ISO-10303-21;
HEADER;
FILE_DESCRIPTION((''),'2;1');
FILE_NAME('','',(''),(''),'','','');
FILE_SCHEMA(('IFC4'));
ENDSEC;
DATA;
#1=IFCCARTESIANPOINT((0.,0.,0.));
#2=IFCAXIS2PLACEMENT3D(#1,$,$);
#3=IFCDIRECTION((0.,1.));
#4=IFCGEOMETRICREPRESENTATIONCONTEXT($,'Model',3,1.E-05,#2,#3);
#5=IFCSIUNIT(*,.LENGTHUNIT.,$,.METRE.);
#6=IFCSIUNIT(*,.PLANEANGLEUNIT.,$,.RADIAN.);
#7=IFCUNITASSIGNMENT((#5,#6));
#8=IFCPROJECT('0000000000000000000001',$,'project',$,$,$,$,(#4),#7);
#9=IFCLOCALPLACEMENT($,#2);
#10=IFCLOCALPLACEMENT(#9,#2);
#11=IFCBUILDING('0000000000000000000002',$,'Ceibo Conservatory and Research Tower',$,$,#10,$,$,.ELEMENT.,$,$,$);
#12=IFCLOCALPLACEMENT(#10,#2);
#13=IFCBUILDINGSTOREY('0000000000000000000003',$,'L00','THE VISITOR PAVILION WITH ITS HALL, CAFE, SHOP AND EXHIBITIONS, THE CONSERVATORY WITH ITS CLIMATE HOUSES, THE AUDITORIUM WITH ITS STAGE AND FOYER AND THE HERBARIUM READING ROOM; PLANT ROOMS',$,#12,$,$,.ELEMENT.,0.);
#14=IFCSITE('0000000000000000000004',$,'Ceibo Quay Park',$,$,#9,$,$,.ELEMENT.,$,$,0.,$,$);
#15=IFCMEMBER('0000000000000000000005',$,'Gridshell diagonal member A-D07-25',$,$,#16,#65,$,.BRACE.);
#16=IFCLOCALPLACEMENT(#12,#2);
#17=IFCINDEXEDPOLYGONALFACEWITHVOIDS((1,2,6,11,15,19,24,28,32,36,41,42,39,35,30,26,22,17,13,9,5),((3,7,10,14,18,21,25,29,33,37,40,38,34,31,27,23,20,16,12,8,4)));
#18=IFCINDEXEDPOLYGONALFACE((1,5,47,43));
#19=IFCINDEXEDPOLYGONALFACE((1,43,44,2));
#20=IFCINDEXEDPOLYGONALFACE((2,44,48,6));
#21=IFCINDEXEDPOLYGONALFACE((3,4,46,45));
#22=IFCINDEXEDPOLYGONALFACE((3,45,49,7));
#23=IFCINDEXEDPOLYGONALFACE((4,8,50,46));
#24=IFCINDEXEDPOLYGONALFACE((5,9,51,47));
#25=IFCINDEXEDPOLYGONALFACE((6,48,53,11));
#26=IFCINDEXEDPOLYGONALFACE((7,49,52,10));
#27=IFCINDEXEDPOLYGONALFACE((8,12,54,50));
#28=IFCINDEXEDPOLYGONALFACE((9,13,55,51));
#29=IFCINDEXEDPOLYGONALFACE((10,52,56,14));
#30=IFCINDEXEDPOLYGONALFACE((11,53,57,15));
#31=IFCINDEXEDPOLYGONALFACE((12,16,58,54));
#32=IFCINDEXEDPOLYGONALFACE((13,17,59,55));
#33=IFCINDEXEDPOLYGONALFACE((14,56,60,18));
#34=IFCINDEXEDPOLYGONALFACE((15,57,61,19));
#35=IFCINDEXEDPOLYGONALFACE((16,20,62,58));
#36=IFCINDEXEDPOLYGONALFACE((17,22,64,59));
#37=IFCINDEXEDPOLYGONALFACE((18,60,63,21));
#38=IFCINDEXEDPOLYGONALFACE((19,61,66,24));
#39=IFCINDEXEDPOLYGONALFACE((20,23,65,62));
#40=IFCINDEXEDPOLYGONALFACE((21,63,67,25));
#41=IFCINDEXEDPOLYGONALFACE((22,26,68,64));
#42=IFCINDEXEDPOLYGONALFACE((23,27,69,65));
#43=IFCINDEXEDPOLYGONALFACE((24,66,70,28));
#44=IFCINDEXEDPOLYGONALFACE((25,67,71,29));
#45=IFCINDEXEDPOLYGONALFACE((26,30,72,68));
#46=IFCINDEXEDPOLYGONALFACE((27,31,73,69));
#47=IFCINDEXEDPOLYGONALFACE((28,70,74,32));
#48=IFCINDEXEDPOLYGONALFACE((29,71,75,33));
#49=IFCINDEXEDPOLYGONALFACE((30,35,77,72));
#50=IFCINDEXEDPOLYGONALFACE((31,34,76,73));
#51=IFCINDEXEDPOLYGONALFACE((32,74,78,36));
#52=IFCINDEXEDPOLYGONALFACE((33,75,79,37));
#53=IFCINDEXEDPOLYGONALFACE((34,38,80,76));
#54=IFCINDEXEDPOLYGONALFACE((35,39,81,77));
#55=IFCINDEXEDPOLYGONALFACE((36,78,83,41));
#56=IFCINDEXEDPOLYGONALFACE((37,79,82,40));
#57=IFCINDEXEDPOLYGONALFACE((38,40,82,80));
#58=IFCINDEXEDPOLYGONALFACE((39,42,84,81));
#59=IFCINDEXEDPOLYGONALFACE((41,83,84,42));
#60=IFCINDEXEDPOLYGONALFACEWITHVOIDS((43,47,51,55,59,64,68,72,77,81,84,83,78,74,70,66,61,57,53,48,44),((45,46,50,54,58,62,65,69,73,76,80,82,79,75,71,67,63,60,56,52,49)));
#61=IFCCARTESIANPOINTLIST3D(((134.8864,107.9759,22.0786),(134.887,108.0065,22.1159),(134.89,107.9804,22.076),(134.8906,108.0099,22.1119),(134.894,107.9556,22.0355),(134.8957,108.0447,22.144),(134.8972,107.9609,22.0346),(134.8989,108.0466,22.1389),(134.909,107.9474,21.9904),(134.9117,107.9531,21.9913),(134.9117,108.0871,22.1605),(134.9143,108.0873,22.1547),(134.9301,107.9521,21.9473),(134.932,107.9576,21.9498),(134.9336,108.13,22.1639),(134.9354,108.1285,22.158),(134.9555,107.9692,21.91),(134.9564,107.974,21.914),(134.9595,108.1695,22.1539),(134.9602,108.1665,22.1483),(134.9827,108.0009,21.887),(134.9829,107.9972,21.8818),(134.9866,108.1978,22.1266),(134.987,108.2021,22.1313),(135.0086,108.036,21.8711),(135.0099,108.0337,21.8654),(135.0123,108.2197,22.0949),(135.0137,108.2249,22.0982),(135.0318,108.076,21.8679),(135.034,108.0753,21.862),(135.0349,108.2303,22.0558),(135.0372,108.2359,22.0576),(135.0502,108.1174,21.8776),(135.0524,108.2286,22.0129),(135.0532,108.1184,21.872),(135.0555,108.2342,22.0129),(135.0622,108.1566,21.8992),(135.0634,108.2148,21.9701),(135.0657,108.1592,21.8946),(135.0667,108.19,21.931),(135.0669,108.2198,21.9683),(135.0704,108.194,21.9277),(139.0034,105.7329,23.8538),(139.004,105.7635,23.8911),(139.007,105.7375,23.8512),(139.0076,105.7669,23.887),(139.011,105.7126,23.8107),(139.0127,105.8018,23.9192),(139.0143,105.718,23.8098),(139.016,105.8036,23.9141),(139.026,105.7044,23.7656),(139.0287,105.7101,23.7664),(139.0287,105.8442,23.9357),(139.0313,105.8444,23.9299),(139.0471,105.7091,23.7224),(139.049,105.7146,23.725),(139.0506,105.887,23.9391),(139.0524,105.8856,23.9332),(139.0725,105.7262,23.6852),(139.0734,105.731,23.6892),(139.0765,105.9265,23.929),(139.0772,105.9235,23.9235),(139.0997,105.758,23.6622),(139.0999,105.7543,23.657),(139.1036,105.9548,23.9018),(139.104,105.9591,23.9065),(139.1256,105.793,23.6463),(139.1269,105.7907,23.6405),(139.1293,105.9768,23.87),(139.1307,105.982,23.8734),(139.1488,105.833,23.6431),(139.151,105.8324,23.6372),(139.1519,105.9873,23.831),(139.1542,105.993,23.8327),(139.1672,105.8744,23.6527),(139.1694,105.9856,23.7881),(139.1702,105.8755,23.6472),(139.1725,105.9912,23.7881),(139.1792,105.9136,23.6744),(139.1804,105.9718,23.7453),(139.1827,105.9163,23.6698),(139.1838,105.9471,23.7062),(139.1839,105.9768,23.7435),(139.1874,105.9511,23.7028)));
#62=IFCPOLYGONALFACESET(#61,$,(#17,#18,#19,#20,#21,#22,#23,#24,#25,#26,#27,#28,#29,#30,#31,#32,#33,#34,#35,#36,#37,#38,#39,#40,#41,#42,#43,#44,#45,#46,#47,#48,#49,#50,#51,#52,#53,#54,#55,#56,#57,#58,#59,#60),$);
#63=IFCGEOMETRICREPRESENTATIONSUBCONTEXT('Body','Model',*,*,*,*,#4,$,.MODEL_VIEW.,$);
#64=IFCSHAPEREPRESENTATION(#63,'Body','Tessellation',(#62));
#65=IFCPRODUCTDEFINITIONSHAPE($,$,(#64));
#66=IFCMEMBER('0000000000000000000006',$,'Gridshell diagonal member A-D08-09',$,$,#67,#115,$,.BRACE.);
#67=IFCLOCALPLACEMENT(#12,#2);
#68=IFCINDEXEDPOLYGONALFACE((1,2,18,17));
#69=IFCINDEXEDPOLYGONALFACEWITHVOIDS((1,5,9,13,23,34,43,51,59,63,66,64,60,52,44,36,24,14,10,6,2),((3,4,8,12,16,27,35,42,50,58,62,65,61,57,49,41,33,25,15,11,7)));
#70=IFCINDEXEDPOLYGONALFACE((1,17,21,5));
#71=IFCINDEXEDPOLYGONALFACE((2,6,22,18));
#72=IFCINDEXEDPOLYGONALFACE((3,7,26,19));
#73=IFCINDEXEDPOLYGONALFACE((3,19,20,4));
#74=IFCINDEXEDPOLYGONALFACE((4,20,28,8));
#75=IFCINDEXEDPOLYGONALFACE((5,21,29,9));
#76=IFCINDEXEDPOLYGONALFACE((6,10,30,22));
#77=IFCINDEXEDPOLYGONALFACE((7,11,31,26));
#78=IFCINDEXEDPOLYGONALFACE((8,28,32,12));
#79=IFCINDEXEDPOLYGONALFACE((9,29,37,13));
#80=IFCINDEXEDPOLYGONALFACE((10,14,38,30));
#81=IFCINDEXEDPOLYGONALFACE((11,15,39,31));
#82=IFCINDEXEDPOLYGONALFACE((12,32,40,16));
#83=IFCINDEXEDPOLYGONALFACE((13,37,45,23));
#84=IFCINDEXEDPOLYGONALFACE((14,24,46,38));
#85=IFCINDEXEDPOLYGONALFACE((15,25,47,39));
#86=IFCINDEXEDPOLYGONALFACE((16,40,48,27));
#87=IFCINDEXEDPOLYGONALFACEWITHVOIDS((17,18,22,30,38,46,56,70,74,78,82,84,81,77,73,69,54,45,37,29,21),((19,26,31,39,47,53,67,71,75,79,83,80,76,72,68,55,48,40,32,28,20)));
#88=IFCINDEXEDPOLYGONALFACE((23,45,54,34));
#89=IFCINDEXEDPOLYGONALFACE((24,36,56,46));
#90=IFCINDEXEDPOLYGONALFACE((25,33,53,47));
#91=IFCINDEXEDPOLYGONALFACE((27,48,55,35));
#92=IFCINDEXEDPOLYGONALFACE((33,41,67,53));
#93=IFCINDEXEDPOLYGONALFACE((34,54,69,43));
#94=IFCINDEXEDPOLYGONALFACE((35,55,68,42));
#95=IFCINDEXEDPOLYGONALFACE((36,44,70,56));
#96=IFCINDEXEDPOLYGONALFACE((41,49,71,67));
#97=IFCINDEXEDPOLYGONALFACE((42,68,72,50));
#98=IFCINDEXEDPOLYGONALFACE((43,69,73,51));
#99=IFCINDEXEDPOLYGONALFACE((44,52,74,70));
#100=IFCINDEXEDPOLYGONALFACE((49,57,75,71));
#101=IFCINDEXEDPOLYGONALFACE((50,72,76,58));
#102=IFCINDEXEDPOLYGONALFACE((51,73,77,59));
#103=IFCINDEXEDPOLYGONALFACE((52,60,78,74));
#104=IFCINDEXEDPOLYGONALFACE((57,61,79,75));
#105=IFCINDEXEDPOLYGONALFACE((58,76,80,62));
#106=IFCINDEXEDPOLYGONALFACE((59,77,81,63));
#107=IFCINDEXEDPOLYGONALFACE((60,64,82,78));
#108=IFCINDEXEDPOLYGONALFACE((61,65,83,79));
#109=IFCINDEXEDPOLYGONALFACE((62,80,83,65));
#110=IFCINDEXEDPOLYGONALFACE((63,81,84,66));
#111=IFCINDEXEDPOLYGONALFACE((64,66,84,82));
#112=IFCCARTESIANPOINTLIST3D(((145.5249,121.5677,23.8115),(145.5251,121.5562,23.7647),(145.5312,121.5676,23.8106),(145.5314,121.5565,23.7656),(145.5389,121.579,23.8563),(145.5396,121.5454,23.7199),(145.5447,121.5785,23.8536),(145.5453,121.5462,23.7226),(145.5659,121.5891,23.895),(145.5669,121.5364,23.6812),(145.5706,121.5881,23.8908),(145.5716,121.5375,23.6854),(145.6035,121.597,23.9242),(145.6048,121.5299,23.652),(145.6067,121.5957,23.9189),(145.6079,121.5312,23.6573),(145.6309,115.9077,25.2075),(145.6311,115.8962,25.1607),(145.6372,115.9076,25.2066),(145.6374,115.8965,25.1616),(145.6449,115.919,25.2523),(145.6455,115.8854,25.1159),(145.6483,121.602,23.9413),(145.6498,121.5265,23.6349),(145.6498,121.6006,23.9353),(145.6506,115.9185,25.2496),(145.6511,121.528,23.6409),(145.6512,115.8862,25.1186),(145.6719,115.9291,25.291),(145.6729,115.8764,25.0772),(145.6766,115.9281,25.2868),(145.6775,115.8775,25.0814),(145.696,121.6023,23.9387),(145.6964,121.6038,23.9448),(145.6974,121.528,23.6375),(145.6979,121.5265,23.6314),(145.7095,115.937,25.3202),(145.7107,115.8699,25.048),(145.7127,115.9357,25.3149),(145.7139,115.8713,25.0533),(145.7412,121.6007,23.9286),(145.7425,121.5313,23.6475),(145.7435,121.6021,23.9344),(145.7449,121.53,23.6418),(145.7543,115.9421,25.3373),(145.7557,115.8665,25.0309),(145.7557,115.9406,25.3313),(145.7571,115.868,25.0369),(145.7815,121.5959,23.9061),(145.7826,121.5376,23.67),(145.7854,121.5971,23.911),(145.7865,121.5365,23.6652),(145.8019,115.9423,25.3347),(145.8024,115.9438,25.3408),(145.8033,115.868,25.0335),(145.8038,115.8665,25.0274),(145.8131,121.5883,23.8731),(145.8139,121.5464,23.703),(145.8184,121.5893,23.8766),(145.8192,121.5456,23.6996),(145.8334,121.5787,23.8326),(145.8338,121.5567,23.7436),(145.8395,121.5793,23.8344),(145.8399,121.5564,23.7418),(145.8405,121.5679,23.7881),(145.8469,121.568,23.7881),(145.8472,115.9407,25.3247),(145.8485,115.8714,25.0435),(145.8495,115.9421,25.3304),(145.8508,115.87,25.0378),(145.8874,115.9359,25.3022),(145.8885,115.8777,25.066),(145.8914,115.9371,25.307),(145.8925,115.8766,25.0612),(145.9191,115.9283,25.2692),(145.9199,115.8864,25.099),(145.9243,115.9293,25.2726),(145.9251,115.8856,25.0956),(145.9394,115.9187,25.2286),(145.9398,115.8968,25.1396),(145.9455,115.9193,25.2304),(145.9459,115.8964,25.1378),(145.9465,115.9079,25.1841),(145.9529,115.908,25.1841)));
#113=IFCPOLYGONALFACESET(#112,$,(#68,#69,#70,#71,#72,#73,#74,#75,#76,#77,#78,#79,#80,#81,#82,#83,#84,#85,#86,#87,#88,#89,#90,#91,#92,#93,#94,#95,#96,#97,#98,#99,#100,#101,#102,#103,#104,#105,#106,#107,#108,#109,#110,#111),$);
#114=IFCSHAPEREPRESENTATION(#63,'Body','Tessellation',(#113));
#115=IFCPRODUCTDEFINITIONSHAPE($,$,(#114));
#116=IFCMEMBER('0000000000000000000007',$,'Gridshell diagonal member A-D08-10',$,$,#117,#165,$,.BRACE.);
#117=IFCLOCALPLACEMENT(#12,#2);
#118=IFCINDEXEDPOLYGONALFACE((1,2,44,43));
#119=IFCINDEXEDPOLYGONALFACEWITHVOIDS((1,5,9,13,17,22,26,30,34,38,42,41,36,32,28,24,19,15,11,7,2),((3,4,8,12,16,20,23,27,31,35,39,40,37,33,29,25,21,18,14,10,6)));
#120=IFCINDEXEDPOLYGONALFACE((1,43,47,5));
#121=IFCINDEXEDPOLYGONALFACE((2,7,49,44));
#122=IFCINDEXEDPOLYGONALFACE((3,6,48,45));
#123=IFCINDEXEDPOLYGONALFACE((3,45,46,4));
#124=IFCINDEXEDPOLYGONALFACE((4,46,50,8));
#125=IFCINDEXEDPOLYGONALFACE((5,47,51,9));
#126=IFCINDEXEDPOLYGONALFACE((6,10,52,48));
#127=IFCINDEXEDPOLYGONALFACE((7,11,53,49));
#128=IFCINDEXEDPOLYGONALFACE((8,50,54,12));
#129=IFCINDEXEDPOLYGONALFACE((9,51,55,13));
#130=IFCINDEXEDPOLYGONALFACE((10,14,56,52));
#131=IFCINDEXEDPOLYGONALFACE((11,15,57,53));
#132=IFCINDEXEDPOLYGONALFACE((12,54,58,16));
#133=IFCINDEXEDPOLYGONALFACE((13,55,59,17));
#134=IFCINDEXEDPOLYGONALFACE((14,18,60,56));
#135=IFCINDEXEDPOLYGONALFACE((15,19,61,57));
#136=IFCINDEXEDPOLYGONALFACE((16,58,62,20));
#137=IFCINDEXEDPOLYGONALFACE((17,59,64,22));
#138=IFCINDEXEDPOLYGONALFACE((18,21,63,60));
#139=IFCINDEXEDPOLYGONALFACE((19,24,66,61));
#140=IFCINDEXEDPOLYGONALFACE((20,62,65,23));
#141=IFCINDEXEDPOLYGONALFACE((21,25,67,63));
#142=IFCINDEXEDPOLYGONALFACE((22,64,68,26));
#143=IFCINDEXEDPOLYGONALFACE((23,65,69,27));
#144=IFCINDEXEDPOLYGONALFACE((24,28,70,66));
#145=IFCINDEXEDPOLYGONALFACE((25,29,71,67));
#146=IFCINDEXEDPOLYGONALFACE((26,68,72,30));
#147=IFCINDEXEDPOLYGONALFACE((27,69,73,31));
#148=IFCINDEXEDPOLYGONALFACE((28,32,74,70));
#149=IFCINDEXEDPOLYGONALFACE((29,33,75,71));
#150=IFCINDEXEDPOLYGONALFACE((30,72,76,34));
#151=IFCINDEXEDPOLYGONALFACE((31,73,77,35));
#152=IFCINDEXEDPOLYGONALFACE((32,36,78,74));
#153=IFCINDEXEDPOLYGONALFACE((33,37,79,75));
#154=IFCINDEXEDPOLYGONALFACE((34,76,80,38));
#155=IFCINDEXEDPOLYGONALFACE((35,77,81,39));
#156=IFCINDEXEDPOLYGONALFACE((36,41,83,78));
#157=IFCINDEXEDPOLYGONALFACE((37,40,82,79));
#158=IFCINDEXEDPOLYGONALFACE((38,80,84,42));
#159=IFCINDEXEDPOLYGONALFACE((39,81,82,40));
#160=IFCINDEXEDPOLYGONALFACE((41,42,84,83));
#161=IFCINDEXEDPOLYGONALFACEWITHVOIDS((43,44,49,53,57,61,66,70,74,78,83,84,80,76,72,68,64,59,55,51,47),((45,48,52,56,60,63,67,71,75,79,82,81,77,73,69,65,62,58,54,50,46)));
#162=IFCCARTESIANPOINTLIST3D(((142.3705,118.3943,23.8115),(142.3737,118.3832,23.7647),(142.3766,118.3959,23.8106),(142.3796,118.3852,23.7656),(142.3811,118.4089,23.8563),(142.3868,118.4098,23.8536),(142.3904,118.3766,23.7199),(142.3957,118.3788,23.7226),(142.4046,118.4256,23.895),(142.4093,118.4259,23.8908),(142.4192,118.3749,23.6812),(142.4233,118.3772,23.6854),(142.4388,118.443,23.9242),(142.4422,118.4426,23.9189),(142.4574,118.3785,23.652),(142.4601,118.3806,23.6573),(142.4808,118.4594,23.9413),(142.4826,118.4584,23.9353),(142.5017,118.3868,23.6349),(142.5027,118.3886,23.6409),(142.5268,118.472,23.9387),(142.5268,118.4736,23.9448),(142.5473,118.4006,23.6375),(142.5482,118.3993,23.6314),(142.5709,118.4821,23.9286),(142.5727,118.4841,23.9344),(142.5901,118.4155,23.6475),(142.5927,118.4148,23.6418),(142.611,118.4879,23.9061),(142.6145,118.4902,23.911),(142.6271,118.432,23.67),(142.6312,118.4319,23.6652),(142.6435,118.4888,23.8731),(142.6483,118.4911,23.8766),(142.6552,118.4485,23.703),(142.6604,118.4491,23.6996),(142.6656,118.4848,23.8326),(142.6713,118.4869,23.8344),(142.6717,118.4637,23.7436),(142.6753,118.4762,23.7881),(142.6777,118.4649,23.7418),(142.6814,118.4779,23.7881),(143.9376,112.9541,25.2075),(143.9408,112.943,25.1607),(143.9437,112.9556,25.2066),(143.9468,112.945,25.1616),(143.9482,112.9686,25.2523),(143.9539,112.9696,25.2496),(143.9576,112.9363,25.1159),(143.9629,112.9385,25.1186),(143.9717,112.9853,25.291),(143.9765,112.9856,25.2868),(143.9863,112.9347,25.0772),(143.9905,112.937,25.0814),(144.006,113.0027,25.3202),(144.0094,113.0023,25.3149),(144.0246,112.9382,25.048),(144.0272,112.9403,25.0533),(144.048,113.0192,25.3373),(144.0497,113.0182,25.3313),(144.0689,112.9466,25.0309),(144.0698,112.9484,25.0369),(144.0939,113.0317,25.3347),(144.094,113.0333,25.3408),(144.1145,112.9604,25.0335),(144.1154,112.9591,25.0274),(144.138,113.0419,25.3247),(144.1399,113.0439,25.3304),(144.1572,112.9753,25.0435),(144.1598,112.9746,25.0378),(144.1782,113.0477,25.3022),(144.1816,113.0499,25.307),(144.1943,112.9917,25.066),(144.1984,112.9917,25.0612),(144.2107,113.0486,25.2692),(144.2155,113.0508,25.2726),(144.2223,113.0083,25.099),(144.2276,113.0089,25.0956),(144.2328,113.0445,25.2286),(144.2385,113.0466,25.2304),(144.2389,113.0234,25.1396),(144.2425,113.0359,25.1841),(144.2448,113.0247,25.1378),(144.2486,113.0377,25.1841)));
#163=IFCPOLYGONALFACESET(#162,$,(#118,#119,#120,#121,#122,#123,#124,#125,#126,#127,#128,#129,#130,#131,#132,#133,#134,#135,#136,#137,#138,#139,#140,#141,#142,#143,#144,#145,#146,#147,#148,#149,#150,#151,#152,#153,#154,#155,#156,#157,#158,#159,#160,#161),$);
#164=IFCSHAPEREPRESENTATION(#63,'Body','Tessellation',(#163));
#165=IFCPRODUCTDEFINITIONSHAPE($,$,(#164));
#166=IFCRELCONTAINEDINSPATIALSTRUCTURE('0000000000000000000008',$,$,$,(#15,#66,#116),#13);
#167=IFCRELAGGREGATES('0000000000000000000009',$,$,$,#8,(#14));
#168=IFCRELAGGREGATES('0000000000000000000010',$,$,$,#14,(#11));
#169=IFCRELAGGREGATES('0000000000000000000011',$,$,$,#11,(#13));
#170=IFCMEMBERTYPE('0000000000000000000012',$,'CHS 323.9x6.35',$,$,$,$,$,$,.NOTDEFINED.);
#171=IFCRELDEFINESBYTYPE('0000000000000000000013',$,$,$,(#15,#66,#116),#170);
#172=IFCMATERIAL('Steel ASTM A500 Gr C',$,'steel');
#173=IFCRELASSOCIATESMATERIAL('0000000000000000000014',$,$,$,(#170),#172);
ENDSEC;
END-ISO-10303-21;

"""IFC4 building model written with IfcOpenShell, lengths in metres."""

from ifc_helpers import new_model, si_unit, direction, frame, origin, origin_2d, place, context, subcontext, project, spatial, hollow_circle, extrude, material, material_profile, profile_set, type_object, element, save


model = new_model("IFC4")

# Units and contexts
model_context = context("Model", 3, precision=1e-05, world=origin(), true_north=direction((0.0, 1.0)))
body_context = subcontext(model_context, "Body", "Model", "MODEL_VIEW")
ifc_project = project(units=[si_unit("LENGTHUNIT", "METRE"), si_unit("PLANEANGLEUNIT", "RADIAN")], contexts=[model_context])

# Site, building, storey
site_placement = place(None, origin())
site = spatial("IfcSite", under=ifc_project, at=site_placement, Name="Ceibo Quay Park", CompositionType="ELEMENT", RefElevation=0.0)
building_placement = place(site_placement, origin())
building = spatial("IfcBuilding", under=site, at=building_placement, Name="Ceibo Conservatory and Research Tower", CompositionType="ELEMENT")
storey_placement = place(building_placement, origin())
storey = spatial("IfcBuildingStorey", under=building, at=storey_placement, Name="L00", Description="THE VISITOR PAVILION WITH ITS HALL, CAFE, SHOP AND EXHIBITIONS, THE CONSERVATORY WITH ITS CLIMATE HOUSES, THE AUDITORIUM WITH ITS STAGE AND FOYER AND THE HERBARIUM READING ROOM; PLANT ROOMS", CompositionType="ELEMENT", Elevation=0.0)

# Members
ifc_material_1 = material(Name="Steel ASTM A500 Gr C", Category="steel")
ifc_material_profile_1 = material_profile(ifc_material_1, hollow_circle(Radius=0.1619, WallThickness=0.0063, at=origin_2d()), Name="CHS 323.9x6.35")
ifc_profile_set_1 = profile_set([ifc_material_profile_1], Name="Steel ASTM A500 Gr C")
member_type_1 = type_object("IfcMemberType", Name="CHS 323.9x6.35", PredefinedType="NOTDEFINED", material=ifc_profile_set_1)
for number, where, z_axis, x_axis, name in (
    (1, (134.978, 108.092, 22.0129), (0.821239, -0.447413, 0.354102), (0.478411, 0.878136, 0.0), "Gridshell diagonal member A-D07-25"),
):
    element("IfcMember", number, at=place(storey_placement, frame(where, z_axis=z_axis, x_axis=x_axis)), inside=storey, type_object=member_type_1, Name=name, PredefinedType="BRACE", context=body_context, shape_type="SweptSolid", body=[
        extrude(hollow_circle(Radius=0.1619, WallThickness=0.0063, at=origin_2d()), origin(), (0.0, 0.0, 1.0), 5.0132),
    ])
member_1_placement = place(storey_placement, frame((145.6851, 121.5649, 23.7881), z_axis=(0.018173, -0.970743, 0.23943), x_axis=(0.999825, 0.018717, 0.0)))
element("IfcMember", 2, at=member_1_placement, inside=storey, type_object=member_type_1, Name="Gridshell diagonal member A-D08-09", PredefinedType="BRACE", context=body_context, shape_type="SweptSolid", body=[
    extrude(hollow_circle(Radius=0.1619, WallThickness=0.0063, at=origin_2d()), origin(), (0.0, 0.0, 1.0), 5.8306),
])
member_2_placement = place(storey_placement, frame((142.5259, 118.4331, 23.7881), z_axis=(0.268761, -0.932979, 0.23941), x_axis=(0.960924, 0.276811, 0.0)))
element("IfcMember", 3, at=member_2_placement, inside=storey, type_object=member_type_1, Name="Gridshell diagonal member A-D08-10", PredefinedType="BRACE", context=body_context, shape_type="SweptSolid", body=[
    extrude(hollow_circle(Radius=0.1619, WallThickness=0.0063, at=origin_2d()), origin(), (0.0, 0.0, 1.0), 5.8311),
])

save(model, "model.ifc")
